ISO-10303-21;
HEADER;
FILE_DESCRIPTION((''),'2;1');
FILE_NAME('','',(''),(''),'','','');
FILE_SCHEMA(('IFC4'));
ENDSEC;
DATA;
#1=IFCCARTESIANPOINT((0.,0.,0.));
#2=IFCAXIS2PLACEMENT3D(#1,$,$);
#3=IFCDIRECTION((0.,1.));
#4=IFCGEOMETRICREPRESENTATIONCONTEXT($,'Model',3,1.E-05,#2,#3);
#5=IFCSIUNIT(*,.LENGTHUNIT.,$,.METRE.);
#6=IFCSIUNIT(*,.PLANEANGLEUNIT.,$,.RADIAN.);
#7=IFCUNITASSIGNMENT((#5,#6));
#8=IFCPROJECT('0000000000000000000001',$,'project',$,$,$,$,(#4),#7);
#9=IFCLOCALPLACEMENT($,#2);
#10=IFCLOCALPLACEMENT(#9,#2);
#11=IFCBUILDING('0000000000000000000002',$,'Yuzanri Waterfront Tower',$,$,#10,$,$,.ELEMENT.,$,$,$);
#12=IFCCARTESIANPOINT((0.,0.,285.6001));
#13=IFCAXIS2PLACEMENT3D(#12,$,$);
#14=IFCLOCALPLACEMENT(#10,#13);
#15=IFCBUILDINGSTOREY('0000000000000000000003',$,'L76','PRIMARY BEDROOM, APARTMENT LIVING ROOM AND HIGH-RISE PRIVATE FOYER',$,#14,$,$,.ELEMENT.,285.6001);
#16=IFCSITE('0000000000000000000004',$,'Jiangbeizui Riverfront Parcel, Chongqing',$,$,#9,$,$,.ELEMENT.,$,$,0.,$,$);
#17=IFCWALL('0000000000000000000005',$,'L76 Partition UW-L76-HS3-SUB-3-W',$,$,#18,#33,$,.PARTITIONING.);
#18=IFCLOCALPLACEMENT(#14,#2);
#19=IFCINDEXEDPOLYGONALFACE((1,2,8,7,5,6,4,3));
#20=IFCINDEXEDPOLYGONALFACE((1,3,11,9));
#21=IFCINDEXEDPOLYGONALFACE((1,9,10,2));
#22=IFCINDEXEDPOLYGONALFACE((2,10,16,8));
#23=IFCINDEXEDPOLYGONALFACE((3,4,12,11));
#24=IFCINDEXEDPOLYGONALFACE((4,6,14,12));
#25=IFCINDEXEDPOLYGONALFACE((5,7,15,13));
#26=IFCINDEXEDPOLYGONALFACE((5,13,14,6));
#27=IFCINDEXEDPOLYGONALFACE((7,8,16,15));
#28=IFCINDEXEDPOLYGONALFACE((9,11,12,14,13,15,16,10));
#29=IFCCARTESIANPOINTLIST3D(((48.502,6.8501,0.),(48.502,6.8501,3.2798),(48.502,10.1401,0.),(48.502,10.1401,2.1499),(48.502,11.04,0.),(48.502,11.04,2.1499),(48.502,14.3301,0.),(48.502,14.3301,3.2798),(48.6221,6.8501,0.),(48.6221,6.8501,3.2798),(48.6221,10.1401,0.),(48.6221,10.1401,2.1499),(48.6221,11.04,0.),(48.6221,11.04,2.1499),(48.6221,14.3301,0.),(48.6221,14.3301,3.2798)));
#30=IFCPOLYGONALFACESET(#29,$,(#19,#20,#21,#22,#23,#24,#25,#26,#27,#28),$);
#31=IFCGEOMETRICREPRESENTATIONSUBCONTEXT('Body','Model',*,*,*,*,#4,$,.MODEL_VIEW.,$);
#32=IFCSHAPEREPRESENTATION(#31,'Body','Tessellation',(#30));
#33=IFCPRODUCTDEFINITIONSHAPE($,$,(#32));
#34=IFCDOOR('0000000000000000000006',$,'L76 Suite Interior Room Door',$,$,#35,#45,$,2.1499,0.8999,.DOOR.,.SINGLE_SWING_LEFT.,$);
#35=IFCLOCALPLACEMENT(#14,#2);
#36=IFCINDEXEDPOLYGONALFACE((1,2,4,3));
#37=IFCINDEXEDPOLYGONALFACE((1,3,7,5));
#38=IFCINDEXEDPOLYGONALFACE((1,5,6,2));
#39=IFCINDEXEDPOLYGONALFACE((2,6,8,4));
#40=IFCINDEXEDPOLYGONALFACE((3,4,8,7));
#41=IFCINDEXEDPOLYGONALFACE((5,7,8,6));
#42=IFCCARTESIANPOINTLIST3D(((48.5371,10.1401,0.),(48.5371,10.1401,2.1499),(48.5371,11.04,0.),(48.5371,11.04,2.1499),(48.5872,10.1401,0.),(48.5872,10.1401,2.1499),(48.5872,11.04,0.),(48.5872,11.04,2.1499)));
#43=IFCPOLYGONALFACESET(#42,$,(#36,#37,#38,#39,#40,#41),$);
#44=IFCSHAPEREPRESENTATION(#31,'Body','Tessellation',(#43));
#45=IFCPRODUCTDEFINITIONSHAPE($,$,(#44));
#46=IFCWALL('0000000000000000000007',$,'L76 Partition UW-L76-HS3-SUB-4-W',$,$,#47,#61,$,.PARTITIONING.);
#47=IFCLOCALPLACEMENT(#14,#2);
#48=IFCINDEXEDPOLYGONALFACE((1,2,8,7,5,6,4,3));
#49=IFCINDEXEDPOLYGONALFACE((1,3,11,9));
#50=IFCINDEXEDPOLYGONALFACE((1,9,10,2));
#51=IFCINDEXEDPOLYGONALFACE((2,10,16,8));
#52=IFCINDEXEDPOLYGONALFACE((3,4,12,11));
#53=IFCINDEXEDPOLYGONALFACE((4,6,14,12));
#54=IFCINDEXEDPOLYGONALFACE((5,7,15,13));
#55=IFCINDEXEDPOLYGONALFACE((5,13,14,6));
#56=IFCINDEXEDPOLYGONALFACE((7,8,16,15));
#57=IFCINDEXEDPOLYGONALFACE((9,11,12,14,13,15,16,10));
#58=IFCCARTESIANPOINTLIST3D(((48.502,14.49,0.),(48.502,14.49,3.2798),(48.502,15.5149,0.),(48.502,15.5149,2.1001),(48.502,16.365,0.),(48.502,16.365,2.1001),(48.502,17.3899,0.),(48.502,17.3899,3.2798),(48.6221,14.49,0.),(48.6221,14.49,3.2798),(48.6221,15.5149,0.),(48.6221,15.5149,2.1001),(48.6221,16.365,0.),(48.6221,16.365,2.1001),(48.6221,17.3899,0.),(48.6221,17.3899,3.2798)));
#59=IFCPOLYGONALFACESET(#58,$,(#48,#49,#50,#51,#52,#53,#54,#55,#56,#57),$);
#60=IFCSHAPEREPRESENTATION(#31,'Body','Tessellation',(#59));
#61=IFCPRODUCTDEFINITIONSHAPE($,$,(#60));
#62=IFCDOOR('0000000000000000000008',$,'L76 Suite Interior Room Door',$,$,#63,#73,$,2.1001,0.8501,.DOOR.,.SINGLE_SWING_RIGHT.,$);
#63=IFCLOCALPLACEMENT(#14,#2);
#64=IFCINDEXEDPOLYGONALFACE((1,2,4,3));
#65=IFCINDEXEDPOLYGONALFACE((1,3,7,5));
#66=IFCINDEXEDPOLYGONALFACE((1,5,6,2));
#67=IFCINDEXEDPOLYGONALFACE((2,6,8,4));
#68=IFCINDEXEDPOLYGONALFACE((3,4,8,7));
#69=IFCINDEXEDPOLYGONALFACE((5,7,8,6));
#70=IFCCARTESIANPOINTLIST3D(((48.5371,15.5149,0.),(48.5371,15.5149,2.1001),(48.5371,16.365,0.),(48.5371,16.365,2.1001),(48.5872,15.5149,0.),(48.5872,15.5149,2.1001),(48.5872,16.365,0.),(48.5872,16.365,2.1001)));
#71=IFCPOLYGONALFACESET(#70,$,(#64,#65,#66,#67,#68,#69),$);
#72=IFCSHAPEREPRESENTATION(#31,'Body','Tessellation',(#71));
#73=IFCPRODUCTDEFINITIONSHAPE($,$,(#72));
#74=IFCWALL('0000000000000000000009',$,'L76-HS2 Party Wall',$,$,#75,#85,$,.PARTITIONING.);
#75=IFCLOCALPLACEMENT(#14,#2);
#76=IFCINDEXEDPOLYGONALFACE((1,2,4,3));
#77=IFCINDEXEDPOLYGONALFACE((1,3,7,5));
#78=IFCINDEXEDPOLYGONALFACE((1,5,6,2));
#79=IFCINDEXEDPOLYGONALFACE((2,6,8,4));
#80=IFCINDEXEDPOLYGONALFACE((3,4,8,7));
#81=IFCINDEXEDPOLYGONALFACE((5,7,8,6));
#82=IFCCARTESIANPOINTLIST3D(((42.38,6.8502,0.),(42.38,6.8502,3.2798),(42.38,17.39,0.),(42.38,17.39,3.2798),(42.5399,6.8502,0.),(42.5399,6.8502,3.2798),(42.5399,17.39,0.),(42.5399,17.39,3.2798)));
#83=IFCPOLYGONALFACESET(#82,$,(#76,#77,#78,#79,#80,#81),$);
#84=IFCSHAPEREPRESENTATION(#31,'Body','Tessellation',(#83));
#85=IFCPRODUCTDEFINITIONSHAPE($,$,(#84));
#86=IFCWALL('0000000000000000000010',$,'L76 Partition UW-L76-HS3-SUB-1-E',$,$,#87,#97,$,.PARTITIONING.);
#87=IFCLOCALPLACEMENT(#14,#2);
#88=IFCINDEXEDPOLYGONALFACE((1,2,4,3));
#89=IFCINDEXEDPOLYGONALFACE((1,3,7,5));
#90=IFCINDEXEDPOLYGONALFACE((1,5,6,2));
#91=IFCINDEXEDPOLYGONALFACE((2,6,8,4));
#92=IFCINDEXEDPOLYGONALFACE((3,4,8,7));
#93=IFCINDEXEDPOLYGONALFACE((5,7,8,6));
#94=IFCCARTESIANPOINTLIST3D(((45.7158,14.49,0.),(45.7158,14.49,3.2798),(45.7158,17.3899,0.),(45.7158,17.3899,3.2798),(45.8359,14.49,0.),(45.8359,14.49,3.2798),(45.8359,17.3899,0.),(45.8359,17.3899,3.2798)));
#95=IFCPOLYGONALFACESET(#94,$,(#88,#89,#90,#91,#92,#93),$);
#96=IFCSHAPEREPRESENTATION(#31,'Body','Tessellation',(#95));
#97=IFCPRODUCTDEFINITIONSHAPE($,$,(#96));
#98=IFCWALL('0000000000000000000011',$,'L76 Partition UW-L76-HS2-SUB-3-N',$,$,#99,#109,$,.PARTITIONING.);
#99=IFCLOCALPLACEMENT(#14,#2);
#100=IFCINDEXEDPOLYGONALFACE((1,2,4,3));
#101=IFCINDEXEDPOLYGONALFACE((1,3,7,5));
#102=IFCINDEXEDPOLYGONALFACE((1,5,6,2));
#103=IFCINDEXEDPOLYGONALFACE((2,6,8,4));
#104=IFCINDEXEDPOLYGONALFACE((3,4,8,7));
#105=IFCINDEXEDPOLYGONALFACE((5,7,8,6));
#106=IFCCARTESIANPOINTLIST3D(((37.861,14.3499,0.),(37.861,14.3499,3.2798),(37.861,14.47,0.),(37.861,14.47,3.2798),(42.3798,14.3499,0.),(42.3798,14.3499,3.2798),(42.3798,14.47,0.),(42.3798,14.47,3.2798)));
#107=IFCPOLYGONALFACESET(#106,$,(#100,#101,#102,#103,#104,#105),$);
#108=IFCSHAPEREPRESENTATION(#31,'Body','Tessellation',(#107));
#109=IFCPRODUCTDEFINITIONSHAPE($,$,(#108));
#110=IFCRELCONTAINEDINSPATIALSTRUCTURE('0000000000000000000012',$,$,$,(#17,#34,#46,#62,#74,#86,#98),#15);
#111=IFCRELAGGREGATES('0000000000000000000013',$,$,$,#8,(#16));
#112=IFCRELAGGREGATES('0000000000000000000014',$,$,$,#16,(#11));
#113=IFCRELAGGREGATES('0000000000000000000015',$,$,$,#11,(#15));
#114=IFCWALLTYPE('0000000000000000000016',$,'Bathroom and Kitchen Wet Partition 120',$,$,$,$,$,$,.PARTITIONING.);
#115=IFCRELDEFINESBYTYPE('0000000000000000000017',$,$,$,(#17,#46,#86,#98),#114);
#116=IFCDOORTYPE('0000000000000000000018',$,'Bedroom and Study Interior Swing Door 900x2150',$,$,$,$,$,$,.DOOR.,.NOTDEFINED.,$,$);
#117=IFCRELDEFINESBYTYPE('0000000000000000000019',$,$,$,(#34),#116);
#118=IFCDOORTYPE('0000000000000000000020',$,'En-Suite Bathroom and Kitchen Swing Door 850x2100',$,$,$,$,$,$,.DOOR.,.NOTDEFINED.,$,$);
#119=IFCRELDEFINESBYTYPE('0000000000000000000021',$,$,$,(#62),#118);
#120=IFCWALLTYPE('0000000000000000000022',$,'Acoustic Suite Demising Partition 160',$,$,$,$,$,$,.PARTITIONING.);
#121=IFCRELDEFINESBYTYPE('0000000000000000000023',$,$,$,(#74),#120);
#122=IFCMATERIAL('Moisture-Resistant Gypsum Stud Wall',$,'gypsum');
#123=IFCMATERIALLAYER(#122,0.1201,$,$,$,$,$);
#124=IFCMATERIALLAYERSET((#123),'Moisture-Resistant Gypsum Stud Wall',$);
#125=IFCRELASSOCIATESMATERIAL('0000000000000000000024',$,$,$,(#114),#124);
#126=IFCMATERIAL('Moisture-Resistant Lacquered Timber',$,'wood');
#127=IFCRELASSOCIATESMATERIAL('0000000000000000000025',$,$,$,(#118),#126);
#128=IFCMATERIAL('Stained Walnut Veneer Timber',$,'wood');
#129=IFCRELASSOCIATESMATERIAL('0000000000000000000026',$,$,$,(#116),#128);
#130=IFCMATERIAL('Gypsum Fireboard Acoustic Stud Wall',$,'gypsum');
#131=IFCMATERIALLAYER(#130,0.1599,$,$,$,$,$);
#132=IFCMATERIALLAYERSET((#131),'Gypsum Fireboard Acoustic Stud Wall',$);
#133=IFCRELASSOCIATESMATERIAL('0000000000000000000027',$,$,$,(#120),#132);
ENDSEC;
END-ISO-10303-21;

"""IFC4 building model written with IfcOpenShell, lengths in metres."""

from ifc_helpers import new_model, si_unit, direction, frame, frame_2d, origin, place, context, subcontext, project, spatial, rectangle, extrude, source, transform, mapped, material, layer, layer_set, type_object, element, fill, save


model = new_model("IFC4")

# Units and contexts
model_context = context("Model", 3, precision=1e-05, world=origin(), true_north=direction((0.0, 1.0)))
body_context = subcontext(model_context, "Body", "Model", "MODEL_VIEW")
ifc_project = project(units=[si_unit("LENGTHUNIT", "METRE"), si_unit("PLANEANGLEUNIT", "RADIAN")], contexts=[model_context])

# Site, building, storey
site_placement = place(None, origin())
site = spatial("IfcSite", under=ifc_project, at=site_placement, Name="Jiangbeizui Riverfront Parcel, Chongqing", CompositionType="ELEMENT", RefElevation=0.0)
building_placement = place(site_placement, origin())
building = spatial("IfcBuilding", under=site, at=building_placement, Name="Yuzanri Waterfront Tower", CompositionType="ELEMENT")
storey_placement = place(building_placement, frame((0.0, 0.0, 285.6001)))
storey = spatial("IfcBuildingStorey", under=building, at=storey_placement, Name="L76", Description="PRIMARY BEDROOM, APARTMENT LIVING ROOM AND HIGH-RISE PRIVATE FOYER", CompositionType="ELEMENT", Elevation=285.6001)

# Walls, openings, doors
ifc_material_1 = material(Name="Moisture-Resistant Gypsum Stud Wall", Category="gypsum")
ifc_layer_1 = layer(ifc_material_1, 0.1201)
ifc_layer_set_1 = layer_set([ifc_layer_1], Name="Moisture-Resistant Gypsum Stud Wall")
wall_type_1 = type_object("IfcWallType", Name="Bathroom and Kitchen Wet Partition 120", PredefinedType="PARTITIONING", material=ifc_layer_set_1)
ifc_material_2 = material(Name="Moisture-Resistant Lacquered Timber", Category="wood")
door_type_1 = type_object("IfcDoorType", Name="En-Suite Bathroom and Kitchen Swing Door 850x2100", OperationType="NOTDEFINED", PredefinedType="DOOR", material=ifc_material_2)
shared_shape_1 = source(origin(), body_context, "Body", "SweptSolid", [
    extrude(rectangle(XDim=0.8501, YDim=2.1001, at=frame_2d((0.425, 1.05))), frame((0.0, 0.0249, 0.0), z_axis=(0.0, -1.0, 0.0), x_axis=(1.0, 0.0, 0.0)), (0.0, 0.0, 1.0), 0.05),
])
ifc_material_3 = material(Name="Stained Walnut Veneer Timber", Category="wood")
door_type_2 = type_object("IfcDoorType", Name="Bedroom and Study Interior Swing Door 900x2150", OperationType="NOTDEFINED", PredefinedType="DOOR", material=ifc_material_3)
shared_shape_2 = source(origin(), body_context, "Body", "SweptSolid", [
    extrude(rectangle(XDim=0.8999, YDim=2.1499, at=frame_2d((0.45, 1.075))), frame((0.0, 0.0249, 0.0), z_axis=(0.0, -1.0, 0.0), x_axis=(1.0, 0.0, 0.0)), (0.0, 0.0, 1.0), 0.05),
])
wall_1_placement = place(storey_placement, frame((48.562, 6.8501, 0.0), z_axis=(0.0, 0.0, 1.0), x_axis=(0.0, 1.0, 0.0)))
wall_1 = element("IfcWall", 1, at=wall_1_placement, inside=storey, type_object=wall_type_1, Name="L76 Partition UW-L76-HS3-SUB-3-W", PredefinedType="PARTITIONING", context=body_context, shape_type="SweptSolid", body=[
    extrude(rectangle(XDim=7.48, YDim=0.1201, at=frame_2d((3.74, 0.0))), origin(), (0.0, 0.0, 1.0), 3.2798),
])
opening_1_placement = place(wall_1_placement, frame((3.29, 0.0, 0.0)))
opening_1 = element("IfcOpeningElement", 2, at=opening_1_placement, cuts=wall_1, PredefinedType="OPENING", context=body_context, shape_type="SweptSolid", body=[
    extrude(rectangle(XDim=0.8999, YDim=2.1499, at=frame_2d((0.45, 1.075))), frame((0.0, 0.075, 0.0), z_axis=(0.0, -1.0, 0.0), x_axis=(1.0, 0.0, 0.0)), (0.0, 0.0, 1.0), 0.1499),
])
door_1_placement = place(opening_1_placement, origin())
door_1 = element("IfcDoor", 3, at=door_1_placement, inside=storey, type_object=door_type_2, Name="L76 Suite Interior Room Door", OperationType="SINGLE_SWING_LEFT", OverallHeight=2.1499, OverallWidth=0.8999, PredefinedType="DOOR", context=body_context, shape_type="MappedRepresentation", body=[
    mapped(shared_shape_2, transform((0.0, 0.0, 0.0), scale=1.0)),
])
fill(opening_1, door_1)
wall_2_placement = place(storey_placement, frame((48.562, 14.49, 0.0), z_axis=(0.0, 0.0, 1.0), x_axis=(0.0, 1.0, 0.0)))
wall_2 = element("IfcWall", 4, at=wall_2_placement, inside=storey, type_object=wall_type_1, Name="L76 Partition UW-L76-HS3-SUB-4-W", PredefinedType="PARTITIONING", context=body_context, shape_type="SweptSolid", body=[
    extrude(rectangle(XDim=2.8999, YDim=0.1201, at=frame_2d((1.45, 0.0))), origin(), (0.0, 0.0, 1.0), 3.2798),
])
opening_2_placement = place(wall_2_placement, frame((1.0249, 0.0, 0.0)))
opening_2 = element("IfcOpeningElement", 5, at=opening_2_placement, cuts=wall_2, PredefinedType="OPENING", context=body_context, shape_type="SweptSolid", body=[
    extrude(rectangle(XDim=0.8501, YDim=2.1001, at=frame_2d((0.425, 1.05))), frame((0.0, 0.075, 0.0), z_axis=(0.0, -1.0, 0.0), x_axis=(1.0, 0.0, 0.0)), (0.0, 0.0, 1.0), 0.1499),
])
door_2_placement = place(opening_2_placement, origin())
door_2 = element("IfcDoor", 6, at=door_2_placement, inside=storey, type_object=door_type_1, Name="L76 Suite Interior Room Door", OperationType="SINGLE_SWING_RIGHT", OverallHeight=2.1001, OverallWidth=0.8501, PredefinedType="DOOR", context=body_context, shape_type="MappedRepresentation", body=[
    mapped(shared_shape_1, transform((0.0, 0.0, 0.0), scale=1.0)),
])
fill(opening_2, door_2)

# Walls
ifc_material_4 = material(Name="Gypsum Fireboard Acoustic Stud Wall", Category="gypsum")
ifc_layer_2 = layer(ifc_material_4, 0.1599)
ifc_layer_set_2 = layer_set([ifc_layer_2], Name="Gypsum Fireboard Acoustic Stud Wall")
wall_type_2 = type_object("IfcWallType", Name="Acoustic Suite Demising Partition 160", PredefinedType="PARTITIONING", material=ifc_layer_set_2)
shared_shape_3 = source(origin(), body_context, "Body", "SweptSolid", [
    extrude(rectangle(XDim=10.5398, YDim=0.1599, at=frame_2d((5.27, 0.0))), origin(), (0.0, 0.0, 1.0), 3.2798),
])
wall_3_placement = place(storey_placement, frame((42.46, 6.8501, 0.0), z_axis=(0.0, 0.0, 1.0), x_axis=(0.0, 1.0, 0.0)))
element("IfcWall", 7, at=wall_3_placement, inside=storey, type_object=wall_type_2, Name="L76-HS2 Party Wall", PredefinedType="PARTITIONING", context=body_context, shape_type="MappedRepresentation", body=[
    mapped(shared_shape_3, transform((0.0, 0.0, 0.0), scale=1.0)),
])
shared_shape_4 = source(origin(), body_context, "Body", "SweptSolid", [
    extrude(rectangle(XDim=2.8999, YDim=0.1201, at=frame_2d((1.45, 0.0))), origin(), (0.0, 0.0, 1.0), 3.2798),
])
wall_4_placement = place(storey_placement, frame((45.7759, 14.49, 0.0), z_axis=(0.0, 0.0, 1.0), x_axis=(0.0, 1.0, 0.0)))
element("IfcWall", 8, at=wall_4_placement, inside=storey, type_object=wall_type_1, Name="L76 Partition UW-L76-HS3-SUB-1-E", PredefinedType="PARTITIONING", context=body_context, shape_type="MappedRepresentation", body=[
    mapped(shared_shape_4, transform((0.0, 0.0, 0.0), scale=1.0)),
])
shared_shape_5 = source(origin(), body_context, "Body", "SweptSolid", [
    extrude(rectangle(XDim=4.5188, YDim=0.1201, at=frame_2d((2.2593, 0.0))), origin(), (0.0, 0.0, 1.0), 3.2798),
])
wall_5_placement = place(storey_placement, frame((37.8611, 14.4099, 0.0), z_axis=(0.0, 0.0, 1.0), x_axis=(1.0, 0.0, 0.0)))
element("IfcWall", 9, at=wall_5_placement, inside=storey, type_object=wall_type_1, Name="L76 Partition UW-L76-HS2-SUB-3-N", PredefinedType="PARTITIONING", context=body_context, shape_type="MappedRepresentation", body=[
    mapped(shared_shape_5, transform((0.0, 0.0, 0.0), scale=1.0)),
])

save(model, "model.ifc")
